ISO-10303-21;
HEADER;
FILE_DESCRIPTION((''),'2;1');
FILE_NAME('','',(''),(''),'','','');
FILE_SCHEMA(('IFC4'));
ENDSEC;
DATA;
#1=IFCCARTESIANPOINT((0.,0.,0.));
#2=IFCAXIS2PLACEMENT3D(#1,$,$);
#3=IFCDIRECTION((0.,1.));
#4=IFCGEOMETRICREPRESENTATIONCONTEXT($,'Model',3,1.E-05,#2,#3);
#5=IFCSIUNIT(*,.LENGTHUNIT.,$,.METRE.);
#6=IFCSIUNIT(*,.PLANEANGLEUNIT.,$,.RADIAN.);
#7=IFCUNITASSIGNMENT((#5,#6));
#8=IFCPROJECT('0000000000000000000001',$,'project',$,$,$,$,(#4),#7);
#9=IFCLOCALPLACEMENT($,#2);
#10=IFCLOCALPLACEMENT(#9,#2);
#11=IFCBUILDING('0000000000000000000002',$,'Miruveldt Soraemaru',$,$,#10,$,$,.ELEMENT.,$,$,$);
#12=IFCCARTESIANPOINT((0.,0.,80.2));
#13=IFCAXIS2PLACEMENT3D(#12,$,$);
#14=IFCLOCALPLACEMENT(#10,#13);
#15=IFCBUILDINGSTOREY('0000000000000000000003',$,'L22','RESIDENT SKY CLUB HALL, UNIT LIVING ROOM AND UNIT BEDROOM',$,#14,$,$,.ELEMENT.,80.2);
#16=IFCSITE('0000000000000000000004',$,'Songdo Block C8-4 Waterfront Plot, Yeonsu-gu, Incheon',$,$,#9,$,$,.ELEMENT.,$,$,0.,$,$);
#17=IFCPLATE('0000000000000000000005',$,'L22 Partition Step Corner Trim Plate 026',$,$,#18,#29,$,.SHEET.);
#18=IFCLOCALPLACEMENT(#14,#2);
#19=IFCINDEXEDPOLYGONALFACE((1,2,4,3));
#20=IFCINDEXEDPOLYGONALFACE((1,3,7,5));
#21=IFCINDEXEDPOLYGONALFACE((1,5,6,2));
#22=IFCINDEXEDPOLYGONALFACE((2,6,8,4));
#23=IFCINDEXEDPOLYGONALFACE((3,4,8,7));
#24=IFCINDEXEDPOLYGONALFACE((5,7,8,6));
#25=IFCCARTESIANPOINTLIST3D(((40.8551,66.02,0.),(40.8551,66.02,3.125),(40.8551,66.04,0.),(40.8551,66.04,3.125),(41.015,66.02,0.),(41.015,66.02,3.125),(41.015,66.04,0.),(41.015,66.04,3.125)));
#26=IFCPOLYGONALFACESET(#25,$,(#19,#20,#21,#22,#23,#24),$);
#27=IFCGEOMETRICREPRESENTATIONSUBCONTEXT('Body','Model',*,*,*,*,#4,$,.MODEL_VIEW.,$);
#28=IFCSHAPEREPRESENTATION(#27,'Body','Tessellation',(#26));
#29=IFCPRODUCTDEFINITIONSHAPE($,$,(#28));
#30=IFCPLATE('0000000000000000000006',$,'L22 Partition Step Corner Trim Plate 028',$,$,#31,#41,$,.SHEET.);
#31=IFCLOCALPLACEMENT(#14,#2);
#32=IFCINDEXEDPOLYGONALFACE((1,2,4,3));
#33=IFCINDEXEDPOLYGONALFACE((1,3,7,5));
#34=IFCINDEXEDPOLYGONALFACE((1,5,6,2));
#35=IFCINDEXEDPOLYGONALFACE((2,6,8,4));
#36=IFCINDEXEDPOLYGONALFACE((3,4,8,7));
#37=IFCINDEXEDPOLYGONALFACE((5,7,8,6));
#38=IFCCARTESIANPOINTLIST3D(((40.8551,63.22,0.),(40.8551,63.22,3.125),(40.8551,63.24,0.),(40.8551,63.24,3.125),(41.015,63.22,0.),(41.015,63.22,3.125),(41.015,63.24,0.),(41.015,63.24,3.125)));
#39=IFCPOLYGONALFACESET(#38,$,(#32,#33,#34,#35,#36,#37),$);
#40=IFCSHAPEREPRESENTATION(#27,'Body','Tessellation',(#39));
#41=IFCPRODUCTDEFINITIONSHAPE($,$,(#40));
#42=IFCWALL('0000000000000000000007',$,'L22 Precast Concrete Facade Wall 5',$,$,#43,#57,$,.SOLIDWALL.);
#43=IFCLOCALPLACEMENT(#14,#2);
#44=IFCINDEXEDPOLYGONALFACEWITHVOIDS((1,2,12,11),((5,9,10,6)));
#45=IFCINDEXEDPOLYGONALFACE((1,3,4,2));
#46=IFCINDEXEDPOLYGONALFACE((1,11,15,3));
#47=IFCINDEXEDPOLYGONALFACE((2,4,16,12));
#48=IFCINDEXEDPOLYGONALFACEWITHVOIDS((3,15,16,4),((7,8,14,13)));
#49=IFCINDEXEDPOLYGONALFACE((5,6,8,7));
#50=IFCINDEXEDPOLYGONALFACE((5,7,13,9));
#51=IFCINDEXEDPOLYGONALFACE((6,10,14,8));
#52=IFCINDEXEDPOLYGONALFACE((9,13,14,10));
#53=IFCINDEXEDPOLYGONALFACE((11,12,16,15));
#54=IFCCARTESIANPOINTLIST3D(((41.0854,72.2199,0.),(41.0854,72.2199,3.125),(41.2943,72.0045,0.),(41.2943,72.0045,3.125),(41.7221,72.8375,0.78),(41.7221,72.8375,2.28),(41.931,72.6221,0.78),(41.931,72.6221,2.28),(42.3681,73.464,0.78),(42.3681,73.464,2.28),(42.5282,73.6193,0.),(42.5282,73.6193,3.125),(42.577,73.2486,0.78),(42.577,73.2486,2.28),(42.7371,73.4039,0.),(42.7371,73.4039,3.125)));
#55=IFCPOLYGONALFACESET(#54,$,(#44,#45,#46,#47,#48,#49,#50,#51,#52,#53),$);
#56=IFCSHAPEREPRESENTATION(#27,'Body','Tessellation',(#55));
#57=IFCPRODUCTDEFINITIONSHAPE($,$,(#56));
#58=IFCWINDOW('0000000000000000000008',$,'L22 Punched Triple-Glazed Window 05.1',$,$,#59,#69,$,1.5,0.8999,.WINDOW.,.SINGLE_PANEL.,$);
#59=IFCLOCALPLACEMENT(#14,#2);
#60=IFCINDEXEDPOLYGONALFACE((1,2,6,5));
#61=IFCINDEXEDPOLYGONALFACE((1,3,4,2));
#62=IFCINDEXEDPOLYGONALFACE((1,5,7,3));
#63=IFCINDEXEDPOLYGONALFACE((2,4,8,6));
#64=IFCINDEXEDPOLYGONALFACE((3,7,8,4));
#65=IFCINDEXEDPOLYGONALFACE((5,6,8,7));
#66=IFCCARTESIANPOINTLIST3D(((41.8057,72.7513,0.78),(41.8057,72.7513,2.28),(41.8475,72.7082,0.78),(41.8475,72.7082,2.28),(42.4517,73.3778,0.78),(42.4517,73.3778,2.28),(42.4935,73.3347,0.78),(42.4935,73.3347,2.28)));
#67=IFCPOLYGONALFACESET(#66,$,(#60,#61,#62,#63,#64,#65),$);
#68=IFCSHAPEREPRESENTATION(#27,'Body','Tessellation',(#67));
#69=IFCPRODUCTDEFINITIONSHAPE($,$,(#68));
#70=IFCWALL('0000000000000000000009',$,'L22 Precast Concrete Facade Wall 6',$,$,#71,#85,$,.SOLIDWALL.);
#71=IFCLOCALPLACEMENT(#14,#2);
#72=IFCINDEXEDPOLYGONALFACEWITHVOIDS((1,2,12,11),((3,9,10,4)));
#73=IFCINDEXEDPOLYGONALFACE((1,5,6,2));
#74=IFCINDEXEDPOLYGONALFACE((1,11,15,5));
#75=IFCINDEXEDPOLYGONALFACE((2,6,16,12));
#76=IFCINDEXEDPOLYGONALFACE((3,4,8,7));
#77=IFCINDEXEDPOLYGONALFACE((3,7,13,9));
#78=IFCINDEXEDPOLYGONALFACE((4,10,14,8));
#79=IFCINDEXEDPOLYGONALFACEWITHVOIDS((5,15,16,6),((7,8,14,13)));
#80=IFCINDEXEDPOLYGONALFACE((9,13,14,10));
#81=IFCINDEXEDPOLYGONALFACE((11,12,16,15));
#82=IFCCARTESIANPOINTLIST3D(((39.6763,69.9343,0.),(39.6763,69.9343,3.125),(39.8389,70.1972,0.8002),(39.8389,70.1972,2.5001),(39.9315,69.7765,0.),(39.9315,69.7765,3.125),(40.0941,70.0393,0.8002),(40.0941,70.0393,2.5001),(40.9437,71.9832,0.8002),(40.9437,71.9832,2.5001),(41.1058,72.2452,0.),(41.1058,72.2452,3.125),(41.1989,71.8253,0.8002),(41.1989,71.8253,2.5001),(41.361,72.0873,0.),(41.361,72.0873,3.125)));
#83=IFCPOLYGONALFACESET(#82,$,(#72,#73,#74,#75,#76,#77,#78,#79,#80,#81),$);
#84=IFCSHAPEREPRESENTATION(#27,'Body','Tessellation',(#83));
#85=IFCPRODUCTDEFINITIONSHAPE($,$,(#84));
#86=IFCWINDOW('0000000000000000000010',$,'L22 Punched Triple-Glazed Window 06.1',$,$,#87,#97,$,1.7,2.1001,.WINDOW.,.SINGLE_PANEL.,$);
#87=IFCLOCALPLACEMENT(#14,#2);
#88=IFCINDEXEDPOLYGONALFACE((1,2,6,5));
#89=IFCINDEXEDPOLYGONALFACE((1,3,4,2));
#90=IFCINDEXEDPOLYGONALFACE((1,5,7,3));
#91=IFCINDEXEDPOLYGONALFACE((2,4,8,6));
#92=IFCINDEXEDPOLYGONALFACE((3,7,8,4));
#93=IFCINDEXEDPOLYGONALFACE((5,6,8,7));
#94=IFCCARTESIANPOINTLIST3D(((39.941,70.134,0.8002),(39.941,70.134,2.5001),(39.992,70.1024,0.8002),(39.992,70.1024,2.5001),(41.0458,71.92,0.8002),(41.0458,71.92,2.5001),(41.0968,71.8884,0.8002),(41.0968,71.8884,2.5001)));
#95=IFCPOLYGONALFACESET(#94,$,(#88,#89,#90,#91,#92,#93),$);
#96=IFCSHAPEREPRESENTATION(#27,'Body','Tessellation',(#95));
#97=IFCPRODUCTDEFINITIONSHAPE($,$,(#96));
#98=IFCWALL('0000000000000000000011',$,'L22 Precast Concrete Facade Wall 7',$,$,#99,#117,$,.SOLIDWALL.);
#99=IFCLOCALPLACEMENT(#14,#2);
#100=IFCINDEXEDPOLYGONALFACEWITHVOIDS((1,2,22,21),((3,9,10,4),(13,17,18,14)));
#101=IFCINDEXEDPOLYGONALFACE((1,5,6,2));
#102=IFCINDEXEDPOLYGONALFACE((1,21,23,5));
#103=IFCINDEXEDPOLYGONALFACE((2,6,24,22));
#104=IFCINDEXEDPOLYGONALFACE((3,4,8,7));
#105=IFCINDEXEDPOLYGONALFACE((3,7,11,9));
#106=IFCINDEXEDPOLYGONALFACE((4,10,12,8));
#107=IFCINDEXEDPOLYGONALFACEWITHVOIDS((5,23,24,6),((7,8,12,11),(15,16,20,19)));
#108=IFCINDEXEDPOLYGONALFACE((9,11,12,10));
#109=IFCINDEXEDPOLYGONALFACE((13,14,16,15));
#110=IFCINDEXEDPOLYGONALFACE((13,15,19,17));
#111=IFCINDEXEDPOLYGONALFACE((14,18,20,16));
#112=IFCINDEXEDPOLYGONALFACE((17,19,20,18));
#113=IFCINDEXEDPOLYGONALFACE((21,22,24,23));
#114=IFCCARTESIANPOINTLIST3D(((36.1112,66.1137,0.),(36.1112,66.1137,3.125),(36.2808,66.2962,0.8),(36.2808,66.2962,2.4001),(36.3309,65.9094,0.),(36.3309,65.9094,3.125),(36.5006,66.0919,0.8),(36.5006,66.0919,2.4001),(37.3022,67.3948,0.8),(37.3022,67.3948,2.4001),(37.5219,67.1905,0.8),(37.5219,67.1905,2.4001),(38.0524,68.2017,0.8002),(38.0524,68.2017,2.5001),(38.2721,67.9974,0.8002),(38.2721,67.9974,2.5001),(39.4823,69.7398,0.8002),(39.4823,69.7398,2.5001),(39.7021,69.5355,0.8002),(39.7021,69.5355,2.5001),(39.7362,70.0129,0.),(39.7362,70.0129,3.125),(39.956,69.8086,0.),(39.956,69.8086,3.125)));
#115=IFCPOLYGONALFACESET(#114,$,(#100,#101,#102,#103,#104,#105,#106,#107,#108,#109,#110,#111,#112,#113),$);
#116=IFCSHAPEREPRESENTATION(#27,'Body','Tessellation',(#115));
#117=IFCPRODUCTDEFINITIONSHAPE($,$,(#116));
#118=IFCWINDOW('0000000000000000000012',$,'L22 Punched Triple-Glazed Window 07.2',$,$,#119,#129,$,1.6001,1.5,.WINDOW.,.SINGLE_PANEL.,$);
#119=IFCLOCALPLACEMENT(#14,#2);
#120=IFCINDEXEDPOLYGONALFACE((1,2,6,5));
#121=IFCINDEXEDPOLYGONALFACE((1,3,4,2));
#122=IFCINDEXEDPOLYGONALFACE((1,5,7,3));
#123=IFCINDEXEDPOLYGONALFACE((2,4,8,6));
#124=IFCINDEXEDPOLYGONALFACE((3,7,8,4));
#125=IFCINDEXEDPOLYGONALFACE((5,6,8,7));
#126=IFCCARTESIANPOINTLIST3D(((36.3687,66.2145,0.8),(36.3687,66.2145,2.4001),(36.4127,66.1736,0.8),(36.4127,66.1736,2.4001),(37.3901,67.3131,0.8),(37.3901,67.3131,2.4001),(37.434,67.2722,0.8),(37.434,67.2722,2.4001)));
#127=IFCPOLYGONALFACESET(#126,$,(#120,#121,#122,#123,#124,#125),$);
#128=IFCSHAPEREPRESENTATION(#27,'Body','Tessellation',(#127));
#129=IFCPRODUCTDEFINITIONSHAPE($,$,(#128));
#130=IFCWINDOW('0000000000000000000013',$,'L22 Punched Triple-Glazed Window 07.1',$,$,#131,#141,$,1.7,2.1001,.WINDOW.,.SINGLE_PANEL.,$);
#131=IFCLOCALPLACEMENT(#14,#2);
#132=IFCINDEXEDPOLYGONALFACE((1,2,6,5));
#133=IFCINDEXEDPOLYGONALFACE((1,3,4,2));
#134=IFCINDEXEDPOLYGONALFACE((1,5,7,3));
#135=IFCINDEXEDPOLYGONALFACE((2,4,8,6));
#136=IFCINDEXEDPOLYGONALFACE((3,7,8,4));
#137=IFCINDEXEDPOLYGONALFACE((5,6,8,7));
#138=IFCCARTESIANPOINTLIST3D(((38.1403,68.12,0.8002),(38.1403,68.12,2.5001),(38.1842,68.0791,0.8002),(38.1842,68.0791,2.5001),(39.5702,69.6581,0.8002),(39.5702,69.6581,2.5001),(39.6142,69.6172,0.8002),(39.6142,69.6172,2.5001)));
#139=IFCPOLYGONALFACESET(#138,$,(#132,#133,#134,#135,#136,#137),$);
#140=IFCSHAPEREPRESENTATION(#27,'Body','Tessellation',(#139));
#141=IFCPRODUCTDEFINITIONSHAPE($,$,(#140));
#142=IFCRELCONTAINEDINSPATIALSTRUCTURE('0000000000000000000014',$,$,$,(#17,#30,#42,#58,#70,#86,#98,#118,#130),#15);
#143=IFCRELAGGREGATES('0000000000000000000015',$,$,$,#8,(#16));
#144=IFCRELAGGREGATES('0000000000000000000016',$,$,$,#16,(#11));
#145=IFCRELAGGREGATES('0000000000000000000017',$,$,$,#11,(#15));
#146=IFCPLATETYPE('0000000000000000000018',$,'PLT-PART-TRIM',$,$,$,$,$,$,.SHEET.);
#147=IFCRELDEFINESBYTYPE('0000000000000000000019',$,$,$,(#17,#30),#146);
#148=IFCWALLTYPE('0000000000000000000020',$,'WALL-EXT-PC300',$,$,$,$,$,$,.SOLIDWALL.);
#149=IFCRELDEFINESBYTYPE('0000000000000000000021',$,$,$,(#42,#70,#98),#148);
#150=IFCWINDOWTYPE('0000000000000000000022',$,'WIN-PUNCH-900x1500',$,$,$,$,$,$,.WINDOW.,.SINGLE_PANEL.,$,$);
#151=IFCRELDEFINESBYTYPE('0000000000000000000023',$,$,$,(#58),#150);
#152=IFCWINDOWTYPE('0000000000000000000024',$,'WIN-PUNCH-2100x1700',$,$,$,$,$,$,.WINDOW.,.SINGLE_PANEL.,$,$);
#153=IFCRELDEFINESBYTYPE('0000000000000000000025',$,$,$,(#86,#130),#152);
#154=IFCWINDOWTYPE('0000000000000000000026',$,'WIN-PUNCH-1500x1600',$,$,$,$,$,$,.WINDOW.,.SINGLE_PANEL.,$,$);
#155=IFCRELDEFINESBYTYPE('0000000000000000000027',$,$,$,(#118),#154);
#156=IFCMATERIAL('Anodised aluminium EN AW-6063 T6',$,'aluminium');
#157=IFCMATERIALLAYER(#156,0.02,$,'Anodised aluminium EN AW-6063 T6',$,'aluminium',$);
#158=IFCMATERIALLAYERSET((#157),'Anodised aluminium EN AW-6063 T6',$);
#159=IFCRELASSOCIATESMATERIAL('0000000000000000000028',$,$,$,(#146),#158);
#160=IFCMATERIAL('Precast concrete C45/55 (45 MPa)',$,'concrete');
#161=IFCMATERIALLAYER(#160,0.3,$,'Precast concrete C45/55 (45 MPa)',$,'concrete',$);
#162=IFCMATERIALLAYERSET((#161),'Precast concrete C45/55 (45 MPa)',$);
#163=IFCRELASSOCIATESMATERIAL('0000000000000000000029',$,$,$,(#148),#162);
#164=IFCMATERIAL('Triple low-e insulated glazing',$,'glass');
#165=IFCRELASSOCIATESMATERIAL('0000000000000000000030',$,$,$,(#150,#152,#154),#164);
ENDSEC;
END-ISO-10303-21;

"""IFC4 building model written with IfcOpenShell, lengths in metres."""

from ifc_helpers import new_model, si_unit, direction, frame, frame_2d, origin, origin_2d, place, context, subcontext, project, spatial, rectangle, extrude, material, layer, layer_set, type_object, element, fill, save


model = new_model("IFC4")

# Units and contexts
model_context = context("Model", 3, precision=1e-05, world=origin(), true_north=direction((0.0, 1.0)))
body_context = subcontext(model_context, "Body", "Model", "MODEL_VIEW")
ifc_project = project(units=[si_unit("LENGTHUNIT", "METRE"), si_unit("PLANEANGLEUNIT", "RADIAN")], contexts=[model_context])

# Site, building, storey
site_placement = place(None, origin())
site = spatial("IfcSite", under=ifc_project, at=site_placement, Name="Songdo Block C8-4 Waterfront Plot, Yeonsu-gu, Incheon", CompositionType="ELEMENT", RefElevation=0.0)
building_placement = place(site_placement, origin())
building = spatial("IfcBuilding", under=site, at=building_placement, Name="Miruveldt Soraemaru", CompositionType="ELEMENT")
storey_placement = place(building_placement, frame((0.0, 0.0, 80.2)))
storey = spatial("IfcBuildingStorey", under=building, at=storey_placement, Name="L22", Description="RESIDENT SKY CLUB HALL, UNIT LIVING ROOM AND UNIT BEDROOM", CompositionType="ELEMENT", Elevation=80.2)

# Plates
ifc_material_1 = material(Name="Anodised aluminium EN AW-6063 T6", Category="aluminium")
ifc_layer_1 = layer(ifc_material_1, 0.02, Name="Anodised aluminium EN AW-6063 T6", Category="aluminium")
ifc_layer_set_1 = layer_set([ifc_layer_1], Name="Anodised aluminium EN AW-6063 T6")
plate_type = type_object("IfcPlateType", Name="PLT-PART-TRIM", PredefinedType="SHEET", material=ifc_layer_set_1)
for number, where, z_axis, x_axis, name in (
    (1, (40.9351, 66.03, 0.0), (0.0, 0.0, 1.0), (-1.0, 0.0, 0.0), "L22 Partition Step Corner Trim Plate 026"),
    (2, (40.9351, 63.23, 0.0), (0.0, 0.0, 1.0), (1.0, 0.0, 0.0), "L22 Partition Step Corner Trim Plate 028"),
):
    element("IfcPlate", number, at=place(storey_placement, frame(where, z_axis=z_axis, x_axis=x_axis)), inside=storey, type_object=plate_type, Name=name, PredefinedType="SHEET", context=body_context, shape_type="SweptSolid", body=[
        extrude(rectangle(XDim=0.1599, YDim=0.02, at=origin_2d()), origin(), (0.0, 0.0, 1.0), 3.125),
    ])

# Walls, openings, windows
ifc_material_2 = material(Name="Precast concrete C45/55 (45 MPa)", Category="concrete")
ifc_layer_2 = layer(ifc_material_2, 0.3, Name="Precast concrete C45/55 (45 MPa)", Category="concrete")
ifc_layer_set_2 = layer_set([ifc_layer_2], Name="Precast concrete C45/55 (45 MPa)")
wall_type_1 = type_object("IfcWallType", Name="WALL-EXT-PC300", PredefinedType="SOLIDWALL", material=ifc_layer_set_2)
wall_1_placement = place(storey_placement, frame((42.6326, 73.5115, 0.0), z_axis=(0.0, 0.0, 1.0), x_axis=(-0.717834, -0.696214, 0.0)))
wall_1 = element("IfcWall", 3, at=wall_1_placement, inside=storey, type_object=wall_type_1, Name="L22 Precast Concrete Facade Wall 5", PredefinedType="SOLIDWALL", context=body_context, shape_type="SweptSolid", body=[
    extrude(rectangle(XDim=2.01, YDim=0.3, at=frame_2d((1.0049, 0.0))), origin(), (0.0, 0.0, 1.0), 3.125),
])
opening_1_placement = place(wall_1_placement, frame((0.2229, 0.0, 0.78)))
opening_1 = element("IfcOpeningElement", 4, at=opening_1_placement, cuts=wall_1, PredefinedType="OPENING", context=body_context, shape_type="SweptSolid", body=[
    extrude(rectangle(XDim=0.8999, YDim=1.5, at=frame_2d((0.45, 0.75))), frame((0.0, 0.1602, 0.0), z_axis=(0.0, -1.0, 0.0), x_axis=(1.0, 0.0, 0.0)), (0.0, 0.0, 1.0), 0.3201),
])
ifc_material_3 = material(Name="Triple low-e insulated glazing", Category="glass")
window_type_1 = type_object("IfcWindowType", Name="WIN-PUNCH-900x1500", PartitioningType="SINGLE_PANEL", PredefinedType="WINDOW", material=ifc_material_3)
window_1_placement = place(opening_1_placement, origin())
window_1 = element("IfcWindow", 5, at=window_1_placement, inside=storey, type_object=window_type_1, Name="L22 Punched Triple-Glazed Window 05.1", OverallHeight=1.5, OverallWidth=0.8999, PartitioningType="SINGLE_PANEL", PredefinedType="WINDOW", context=body_context, shape_type="SweptSolid", body=[
    extrude(rectangle(XDim=0.8999, YDim=1.5, at=frame_2d((0.45, 0.75))), frame((0.0, 0.03, 0.0), z_axis=(0.0, -1.0, 0.0), x_axis=(1.0, 0.0, 0.0)), (0.0, 0.0, 1.0), 0.0601),
])
fill(opening_1, window_1)
wall_2_placement = place(storey_placement, frame((41.2334, 72.1663, 0.0), z_axis=(0.0, 0.0, 1.0), x_axis=(-0.526076, -0.850437, 0.0)))
wall_2 = element("IfcWall", 6, at=wall_2_placement, inside=storey, type_object=wall_type_1, Name="L22 Precast Concrete Facade Wall 6", PredefinedType="SOLIDWALL", context=body_context, shape_type="SweptSolid", body=[
    extrude(rectangle(XDim=2.7173, YDim=0.3, at=frame_2d((1.3586, 0.0))), origin(), (0.0, 0.0, 1.0), 3.125),
])
opening_2_placement = place(wall_2_placement, frame((0.3081, 0.0, 0.8)))
opening_2 = element("IfcOpeningElement", 7, at=opening_2_placement, cuts=wall_2, PredefinedType="OPENING", context=body_context, shape_type="SweptSolid", body=[
    extrude(rectangle(XDim=2.1001, YDim=1.7, at=frame_2d((1.05, 0.8501))), frame((0.0, 0.1602, 0.0), z_axis=(0.0, -1.0, 0.0), x_axis=(1.0, 0.0, 0.0)), (0.0, 0.0, 1.0), 0.3201),
])
window_type_2 = type_object("IfcWindowType", Name="WIN-PUNCH-2100x1700", PartitioningType="SINGLE_PANEL", PredefinedType="WINDOW", material=ifc_material_3)
window_2_placement = place(opening_2_placement, origin())
window_2 = element("IfcWindow", 8, at=window_2_placement, inside=storey, type_object=window_type_2, Name="L22 Punched Triple-Glazed Window 06.1", OverallHeight=1.7, OverallWidth=2.1001, PartitioningType="SINGLE_PANEL", PredefinedType="WINDOW", context=body_context, shape_type="SweptSolid", body=[
    extrude(rectangle(XDim=2.1001, YDim=1.7, at=frame_2d((1.05, 0.8501))), frame((0.0, 0.03, 0.0), z_axis=(0.0, -1.0, 0.0), x_axis=(1.0, 0.0, 0.0)), (0.0, 0.0, 1.0), 0.0601),
])
fill(opening_2, window_2)

# Wall, openings, windows
wall_3_placement = place(storey_placement, frame((39.8462, 69.9109, 0.0), z_axis=(0.0, 0.0, 1.0), x_axis=(-0.680889, -0.732387, 0.0)))
wall_3 = element("IfcWall", 9, at=wall_3_placement, inside=storey, type_object=wall_type_1, Name="L22 Precast Concrete Facade Wall 7", PredefinedType="SOLIDWALL", context=body_context, shape_type="SweptSolid", body=[
    extrude(rectangle(XDim=5.324, YDim=0.3, at=frame_2d((2.6621, 0.0))), origin(), (0.0, 0.0, 1.0), 3.125),
])
opening_3_placement = place(wall_3_placement, frame((0.373, 0.0, 0.8)))
opening_3 = element("IfcOpeningElement", 10, at=opening_3_placement, cuts=wall_3, PredefinedType="OPENING", context=body_context, shape_type="SweptSolid", body=[
    extrude(rectangle(XDim=2.1001, YDim=1.7, at=frame_2d((1.05, 0.8501))), frame((0.0, 0.1602, 0.0), z_axis=(0.0, -1.0, 0.0), x_axis=(1.0, 0.0, 0.0)), (0.0, 0.0, 1.0), 0.3201),
])
opening_4_placement = place(wall_3_placement, frame((3.575, 0.0, 0.8)))
opening_4 = element("IfcOpeningElement", 11, at=opening_4_placement, cuts=wall_3, PredefinedType="OPENING", context=body_context, shape_type="SweptSolid", body=[
    extrude(rectangle(XDim=1.5, YDim=1.6001, at=frame_2d((0.75, 0.8))), frame((0.0, 0.1602, 0.0), z_axis=(0.0, -1.0, 0.0), x_axis=(1.0, 0.0, 0.0)), (0.0, 0.0, 1.0), 0.3201),
])
window_type_3 = type_object("IfcWindowType", Name="WIN-PUNCH-1500x1600", PartitioningType="SINGLE_PANEL", PredefinedType="WINDOW", material=ifc_material_3)
window_3_placement = place(opening_4_placement, origin())
window_3 = element("IfcWindow", 12, at=window_3_placement, inside=storey, type_object=window_type_3, Name="L22 Punched Triple-Glazed Window 07.2", OverallHeight=1.6001, OverallWidth=1.5, PartitioningType="SINGLE_PANEL", PredefinedType="WINDOW", context=body_context, shape_type="SweptSolid", body=[
    extrude(rectangle(XDim=1.5, YDim=1.6001, at=frame_2d((0.75, 0.8))), frame((0.0, 0.03, 0.0), z_axis=(0.0, -1.0, 0.0), x_axis=(1.0, 0.0, 0.0)), (0.0, 0.0, 1.0), 0.0601),
])
fill(opening_4, window_3)
window_4_placement = place(opening_3_placement, origin())
window_4 = element("IfcWindow", 13, at=window_4_placement, inside=storey, type_object=window_type_2, Name="L22 Punched Triple-Glazed Window 07.1", OverallHeight=1.7, OverallWidth=2.1001, PartitioningType="SINGLE_PANEL", PredefinedType="WINDOW", context=body_context, shape_type="SweptSolid", body=[
    extrude(rectangle(XDim=2.1001, YDim=1.7, at=frame_2d((1.05, 0.8501))), frame((0.0, 0.03, 0.0), z_axis=(0.0, -1.0, 0.0), x_axis=(1.0, 0.0, 0.0)), (0.0, 0.0, 1.0), 0.0601),
])
fill(opening_3, window_4)

save(model, "model.ifc")
